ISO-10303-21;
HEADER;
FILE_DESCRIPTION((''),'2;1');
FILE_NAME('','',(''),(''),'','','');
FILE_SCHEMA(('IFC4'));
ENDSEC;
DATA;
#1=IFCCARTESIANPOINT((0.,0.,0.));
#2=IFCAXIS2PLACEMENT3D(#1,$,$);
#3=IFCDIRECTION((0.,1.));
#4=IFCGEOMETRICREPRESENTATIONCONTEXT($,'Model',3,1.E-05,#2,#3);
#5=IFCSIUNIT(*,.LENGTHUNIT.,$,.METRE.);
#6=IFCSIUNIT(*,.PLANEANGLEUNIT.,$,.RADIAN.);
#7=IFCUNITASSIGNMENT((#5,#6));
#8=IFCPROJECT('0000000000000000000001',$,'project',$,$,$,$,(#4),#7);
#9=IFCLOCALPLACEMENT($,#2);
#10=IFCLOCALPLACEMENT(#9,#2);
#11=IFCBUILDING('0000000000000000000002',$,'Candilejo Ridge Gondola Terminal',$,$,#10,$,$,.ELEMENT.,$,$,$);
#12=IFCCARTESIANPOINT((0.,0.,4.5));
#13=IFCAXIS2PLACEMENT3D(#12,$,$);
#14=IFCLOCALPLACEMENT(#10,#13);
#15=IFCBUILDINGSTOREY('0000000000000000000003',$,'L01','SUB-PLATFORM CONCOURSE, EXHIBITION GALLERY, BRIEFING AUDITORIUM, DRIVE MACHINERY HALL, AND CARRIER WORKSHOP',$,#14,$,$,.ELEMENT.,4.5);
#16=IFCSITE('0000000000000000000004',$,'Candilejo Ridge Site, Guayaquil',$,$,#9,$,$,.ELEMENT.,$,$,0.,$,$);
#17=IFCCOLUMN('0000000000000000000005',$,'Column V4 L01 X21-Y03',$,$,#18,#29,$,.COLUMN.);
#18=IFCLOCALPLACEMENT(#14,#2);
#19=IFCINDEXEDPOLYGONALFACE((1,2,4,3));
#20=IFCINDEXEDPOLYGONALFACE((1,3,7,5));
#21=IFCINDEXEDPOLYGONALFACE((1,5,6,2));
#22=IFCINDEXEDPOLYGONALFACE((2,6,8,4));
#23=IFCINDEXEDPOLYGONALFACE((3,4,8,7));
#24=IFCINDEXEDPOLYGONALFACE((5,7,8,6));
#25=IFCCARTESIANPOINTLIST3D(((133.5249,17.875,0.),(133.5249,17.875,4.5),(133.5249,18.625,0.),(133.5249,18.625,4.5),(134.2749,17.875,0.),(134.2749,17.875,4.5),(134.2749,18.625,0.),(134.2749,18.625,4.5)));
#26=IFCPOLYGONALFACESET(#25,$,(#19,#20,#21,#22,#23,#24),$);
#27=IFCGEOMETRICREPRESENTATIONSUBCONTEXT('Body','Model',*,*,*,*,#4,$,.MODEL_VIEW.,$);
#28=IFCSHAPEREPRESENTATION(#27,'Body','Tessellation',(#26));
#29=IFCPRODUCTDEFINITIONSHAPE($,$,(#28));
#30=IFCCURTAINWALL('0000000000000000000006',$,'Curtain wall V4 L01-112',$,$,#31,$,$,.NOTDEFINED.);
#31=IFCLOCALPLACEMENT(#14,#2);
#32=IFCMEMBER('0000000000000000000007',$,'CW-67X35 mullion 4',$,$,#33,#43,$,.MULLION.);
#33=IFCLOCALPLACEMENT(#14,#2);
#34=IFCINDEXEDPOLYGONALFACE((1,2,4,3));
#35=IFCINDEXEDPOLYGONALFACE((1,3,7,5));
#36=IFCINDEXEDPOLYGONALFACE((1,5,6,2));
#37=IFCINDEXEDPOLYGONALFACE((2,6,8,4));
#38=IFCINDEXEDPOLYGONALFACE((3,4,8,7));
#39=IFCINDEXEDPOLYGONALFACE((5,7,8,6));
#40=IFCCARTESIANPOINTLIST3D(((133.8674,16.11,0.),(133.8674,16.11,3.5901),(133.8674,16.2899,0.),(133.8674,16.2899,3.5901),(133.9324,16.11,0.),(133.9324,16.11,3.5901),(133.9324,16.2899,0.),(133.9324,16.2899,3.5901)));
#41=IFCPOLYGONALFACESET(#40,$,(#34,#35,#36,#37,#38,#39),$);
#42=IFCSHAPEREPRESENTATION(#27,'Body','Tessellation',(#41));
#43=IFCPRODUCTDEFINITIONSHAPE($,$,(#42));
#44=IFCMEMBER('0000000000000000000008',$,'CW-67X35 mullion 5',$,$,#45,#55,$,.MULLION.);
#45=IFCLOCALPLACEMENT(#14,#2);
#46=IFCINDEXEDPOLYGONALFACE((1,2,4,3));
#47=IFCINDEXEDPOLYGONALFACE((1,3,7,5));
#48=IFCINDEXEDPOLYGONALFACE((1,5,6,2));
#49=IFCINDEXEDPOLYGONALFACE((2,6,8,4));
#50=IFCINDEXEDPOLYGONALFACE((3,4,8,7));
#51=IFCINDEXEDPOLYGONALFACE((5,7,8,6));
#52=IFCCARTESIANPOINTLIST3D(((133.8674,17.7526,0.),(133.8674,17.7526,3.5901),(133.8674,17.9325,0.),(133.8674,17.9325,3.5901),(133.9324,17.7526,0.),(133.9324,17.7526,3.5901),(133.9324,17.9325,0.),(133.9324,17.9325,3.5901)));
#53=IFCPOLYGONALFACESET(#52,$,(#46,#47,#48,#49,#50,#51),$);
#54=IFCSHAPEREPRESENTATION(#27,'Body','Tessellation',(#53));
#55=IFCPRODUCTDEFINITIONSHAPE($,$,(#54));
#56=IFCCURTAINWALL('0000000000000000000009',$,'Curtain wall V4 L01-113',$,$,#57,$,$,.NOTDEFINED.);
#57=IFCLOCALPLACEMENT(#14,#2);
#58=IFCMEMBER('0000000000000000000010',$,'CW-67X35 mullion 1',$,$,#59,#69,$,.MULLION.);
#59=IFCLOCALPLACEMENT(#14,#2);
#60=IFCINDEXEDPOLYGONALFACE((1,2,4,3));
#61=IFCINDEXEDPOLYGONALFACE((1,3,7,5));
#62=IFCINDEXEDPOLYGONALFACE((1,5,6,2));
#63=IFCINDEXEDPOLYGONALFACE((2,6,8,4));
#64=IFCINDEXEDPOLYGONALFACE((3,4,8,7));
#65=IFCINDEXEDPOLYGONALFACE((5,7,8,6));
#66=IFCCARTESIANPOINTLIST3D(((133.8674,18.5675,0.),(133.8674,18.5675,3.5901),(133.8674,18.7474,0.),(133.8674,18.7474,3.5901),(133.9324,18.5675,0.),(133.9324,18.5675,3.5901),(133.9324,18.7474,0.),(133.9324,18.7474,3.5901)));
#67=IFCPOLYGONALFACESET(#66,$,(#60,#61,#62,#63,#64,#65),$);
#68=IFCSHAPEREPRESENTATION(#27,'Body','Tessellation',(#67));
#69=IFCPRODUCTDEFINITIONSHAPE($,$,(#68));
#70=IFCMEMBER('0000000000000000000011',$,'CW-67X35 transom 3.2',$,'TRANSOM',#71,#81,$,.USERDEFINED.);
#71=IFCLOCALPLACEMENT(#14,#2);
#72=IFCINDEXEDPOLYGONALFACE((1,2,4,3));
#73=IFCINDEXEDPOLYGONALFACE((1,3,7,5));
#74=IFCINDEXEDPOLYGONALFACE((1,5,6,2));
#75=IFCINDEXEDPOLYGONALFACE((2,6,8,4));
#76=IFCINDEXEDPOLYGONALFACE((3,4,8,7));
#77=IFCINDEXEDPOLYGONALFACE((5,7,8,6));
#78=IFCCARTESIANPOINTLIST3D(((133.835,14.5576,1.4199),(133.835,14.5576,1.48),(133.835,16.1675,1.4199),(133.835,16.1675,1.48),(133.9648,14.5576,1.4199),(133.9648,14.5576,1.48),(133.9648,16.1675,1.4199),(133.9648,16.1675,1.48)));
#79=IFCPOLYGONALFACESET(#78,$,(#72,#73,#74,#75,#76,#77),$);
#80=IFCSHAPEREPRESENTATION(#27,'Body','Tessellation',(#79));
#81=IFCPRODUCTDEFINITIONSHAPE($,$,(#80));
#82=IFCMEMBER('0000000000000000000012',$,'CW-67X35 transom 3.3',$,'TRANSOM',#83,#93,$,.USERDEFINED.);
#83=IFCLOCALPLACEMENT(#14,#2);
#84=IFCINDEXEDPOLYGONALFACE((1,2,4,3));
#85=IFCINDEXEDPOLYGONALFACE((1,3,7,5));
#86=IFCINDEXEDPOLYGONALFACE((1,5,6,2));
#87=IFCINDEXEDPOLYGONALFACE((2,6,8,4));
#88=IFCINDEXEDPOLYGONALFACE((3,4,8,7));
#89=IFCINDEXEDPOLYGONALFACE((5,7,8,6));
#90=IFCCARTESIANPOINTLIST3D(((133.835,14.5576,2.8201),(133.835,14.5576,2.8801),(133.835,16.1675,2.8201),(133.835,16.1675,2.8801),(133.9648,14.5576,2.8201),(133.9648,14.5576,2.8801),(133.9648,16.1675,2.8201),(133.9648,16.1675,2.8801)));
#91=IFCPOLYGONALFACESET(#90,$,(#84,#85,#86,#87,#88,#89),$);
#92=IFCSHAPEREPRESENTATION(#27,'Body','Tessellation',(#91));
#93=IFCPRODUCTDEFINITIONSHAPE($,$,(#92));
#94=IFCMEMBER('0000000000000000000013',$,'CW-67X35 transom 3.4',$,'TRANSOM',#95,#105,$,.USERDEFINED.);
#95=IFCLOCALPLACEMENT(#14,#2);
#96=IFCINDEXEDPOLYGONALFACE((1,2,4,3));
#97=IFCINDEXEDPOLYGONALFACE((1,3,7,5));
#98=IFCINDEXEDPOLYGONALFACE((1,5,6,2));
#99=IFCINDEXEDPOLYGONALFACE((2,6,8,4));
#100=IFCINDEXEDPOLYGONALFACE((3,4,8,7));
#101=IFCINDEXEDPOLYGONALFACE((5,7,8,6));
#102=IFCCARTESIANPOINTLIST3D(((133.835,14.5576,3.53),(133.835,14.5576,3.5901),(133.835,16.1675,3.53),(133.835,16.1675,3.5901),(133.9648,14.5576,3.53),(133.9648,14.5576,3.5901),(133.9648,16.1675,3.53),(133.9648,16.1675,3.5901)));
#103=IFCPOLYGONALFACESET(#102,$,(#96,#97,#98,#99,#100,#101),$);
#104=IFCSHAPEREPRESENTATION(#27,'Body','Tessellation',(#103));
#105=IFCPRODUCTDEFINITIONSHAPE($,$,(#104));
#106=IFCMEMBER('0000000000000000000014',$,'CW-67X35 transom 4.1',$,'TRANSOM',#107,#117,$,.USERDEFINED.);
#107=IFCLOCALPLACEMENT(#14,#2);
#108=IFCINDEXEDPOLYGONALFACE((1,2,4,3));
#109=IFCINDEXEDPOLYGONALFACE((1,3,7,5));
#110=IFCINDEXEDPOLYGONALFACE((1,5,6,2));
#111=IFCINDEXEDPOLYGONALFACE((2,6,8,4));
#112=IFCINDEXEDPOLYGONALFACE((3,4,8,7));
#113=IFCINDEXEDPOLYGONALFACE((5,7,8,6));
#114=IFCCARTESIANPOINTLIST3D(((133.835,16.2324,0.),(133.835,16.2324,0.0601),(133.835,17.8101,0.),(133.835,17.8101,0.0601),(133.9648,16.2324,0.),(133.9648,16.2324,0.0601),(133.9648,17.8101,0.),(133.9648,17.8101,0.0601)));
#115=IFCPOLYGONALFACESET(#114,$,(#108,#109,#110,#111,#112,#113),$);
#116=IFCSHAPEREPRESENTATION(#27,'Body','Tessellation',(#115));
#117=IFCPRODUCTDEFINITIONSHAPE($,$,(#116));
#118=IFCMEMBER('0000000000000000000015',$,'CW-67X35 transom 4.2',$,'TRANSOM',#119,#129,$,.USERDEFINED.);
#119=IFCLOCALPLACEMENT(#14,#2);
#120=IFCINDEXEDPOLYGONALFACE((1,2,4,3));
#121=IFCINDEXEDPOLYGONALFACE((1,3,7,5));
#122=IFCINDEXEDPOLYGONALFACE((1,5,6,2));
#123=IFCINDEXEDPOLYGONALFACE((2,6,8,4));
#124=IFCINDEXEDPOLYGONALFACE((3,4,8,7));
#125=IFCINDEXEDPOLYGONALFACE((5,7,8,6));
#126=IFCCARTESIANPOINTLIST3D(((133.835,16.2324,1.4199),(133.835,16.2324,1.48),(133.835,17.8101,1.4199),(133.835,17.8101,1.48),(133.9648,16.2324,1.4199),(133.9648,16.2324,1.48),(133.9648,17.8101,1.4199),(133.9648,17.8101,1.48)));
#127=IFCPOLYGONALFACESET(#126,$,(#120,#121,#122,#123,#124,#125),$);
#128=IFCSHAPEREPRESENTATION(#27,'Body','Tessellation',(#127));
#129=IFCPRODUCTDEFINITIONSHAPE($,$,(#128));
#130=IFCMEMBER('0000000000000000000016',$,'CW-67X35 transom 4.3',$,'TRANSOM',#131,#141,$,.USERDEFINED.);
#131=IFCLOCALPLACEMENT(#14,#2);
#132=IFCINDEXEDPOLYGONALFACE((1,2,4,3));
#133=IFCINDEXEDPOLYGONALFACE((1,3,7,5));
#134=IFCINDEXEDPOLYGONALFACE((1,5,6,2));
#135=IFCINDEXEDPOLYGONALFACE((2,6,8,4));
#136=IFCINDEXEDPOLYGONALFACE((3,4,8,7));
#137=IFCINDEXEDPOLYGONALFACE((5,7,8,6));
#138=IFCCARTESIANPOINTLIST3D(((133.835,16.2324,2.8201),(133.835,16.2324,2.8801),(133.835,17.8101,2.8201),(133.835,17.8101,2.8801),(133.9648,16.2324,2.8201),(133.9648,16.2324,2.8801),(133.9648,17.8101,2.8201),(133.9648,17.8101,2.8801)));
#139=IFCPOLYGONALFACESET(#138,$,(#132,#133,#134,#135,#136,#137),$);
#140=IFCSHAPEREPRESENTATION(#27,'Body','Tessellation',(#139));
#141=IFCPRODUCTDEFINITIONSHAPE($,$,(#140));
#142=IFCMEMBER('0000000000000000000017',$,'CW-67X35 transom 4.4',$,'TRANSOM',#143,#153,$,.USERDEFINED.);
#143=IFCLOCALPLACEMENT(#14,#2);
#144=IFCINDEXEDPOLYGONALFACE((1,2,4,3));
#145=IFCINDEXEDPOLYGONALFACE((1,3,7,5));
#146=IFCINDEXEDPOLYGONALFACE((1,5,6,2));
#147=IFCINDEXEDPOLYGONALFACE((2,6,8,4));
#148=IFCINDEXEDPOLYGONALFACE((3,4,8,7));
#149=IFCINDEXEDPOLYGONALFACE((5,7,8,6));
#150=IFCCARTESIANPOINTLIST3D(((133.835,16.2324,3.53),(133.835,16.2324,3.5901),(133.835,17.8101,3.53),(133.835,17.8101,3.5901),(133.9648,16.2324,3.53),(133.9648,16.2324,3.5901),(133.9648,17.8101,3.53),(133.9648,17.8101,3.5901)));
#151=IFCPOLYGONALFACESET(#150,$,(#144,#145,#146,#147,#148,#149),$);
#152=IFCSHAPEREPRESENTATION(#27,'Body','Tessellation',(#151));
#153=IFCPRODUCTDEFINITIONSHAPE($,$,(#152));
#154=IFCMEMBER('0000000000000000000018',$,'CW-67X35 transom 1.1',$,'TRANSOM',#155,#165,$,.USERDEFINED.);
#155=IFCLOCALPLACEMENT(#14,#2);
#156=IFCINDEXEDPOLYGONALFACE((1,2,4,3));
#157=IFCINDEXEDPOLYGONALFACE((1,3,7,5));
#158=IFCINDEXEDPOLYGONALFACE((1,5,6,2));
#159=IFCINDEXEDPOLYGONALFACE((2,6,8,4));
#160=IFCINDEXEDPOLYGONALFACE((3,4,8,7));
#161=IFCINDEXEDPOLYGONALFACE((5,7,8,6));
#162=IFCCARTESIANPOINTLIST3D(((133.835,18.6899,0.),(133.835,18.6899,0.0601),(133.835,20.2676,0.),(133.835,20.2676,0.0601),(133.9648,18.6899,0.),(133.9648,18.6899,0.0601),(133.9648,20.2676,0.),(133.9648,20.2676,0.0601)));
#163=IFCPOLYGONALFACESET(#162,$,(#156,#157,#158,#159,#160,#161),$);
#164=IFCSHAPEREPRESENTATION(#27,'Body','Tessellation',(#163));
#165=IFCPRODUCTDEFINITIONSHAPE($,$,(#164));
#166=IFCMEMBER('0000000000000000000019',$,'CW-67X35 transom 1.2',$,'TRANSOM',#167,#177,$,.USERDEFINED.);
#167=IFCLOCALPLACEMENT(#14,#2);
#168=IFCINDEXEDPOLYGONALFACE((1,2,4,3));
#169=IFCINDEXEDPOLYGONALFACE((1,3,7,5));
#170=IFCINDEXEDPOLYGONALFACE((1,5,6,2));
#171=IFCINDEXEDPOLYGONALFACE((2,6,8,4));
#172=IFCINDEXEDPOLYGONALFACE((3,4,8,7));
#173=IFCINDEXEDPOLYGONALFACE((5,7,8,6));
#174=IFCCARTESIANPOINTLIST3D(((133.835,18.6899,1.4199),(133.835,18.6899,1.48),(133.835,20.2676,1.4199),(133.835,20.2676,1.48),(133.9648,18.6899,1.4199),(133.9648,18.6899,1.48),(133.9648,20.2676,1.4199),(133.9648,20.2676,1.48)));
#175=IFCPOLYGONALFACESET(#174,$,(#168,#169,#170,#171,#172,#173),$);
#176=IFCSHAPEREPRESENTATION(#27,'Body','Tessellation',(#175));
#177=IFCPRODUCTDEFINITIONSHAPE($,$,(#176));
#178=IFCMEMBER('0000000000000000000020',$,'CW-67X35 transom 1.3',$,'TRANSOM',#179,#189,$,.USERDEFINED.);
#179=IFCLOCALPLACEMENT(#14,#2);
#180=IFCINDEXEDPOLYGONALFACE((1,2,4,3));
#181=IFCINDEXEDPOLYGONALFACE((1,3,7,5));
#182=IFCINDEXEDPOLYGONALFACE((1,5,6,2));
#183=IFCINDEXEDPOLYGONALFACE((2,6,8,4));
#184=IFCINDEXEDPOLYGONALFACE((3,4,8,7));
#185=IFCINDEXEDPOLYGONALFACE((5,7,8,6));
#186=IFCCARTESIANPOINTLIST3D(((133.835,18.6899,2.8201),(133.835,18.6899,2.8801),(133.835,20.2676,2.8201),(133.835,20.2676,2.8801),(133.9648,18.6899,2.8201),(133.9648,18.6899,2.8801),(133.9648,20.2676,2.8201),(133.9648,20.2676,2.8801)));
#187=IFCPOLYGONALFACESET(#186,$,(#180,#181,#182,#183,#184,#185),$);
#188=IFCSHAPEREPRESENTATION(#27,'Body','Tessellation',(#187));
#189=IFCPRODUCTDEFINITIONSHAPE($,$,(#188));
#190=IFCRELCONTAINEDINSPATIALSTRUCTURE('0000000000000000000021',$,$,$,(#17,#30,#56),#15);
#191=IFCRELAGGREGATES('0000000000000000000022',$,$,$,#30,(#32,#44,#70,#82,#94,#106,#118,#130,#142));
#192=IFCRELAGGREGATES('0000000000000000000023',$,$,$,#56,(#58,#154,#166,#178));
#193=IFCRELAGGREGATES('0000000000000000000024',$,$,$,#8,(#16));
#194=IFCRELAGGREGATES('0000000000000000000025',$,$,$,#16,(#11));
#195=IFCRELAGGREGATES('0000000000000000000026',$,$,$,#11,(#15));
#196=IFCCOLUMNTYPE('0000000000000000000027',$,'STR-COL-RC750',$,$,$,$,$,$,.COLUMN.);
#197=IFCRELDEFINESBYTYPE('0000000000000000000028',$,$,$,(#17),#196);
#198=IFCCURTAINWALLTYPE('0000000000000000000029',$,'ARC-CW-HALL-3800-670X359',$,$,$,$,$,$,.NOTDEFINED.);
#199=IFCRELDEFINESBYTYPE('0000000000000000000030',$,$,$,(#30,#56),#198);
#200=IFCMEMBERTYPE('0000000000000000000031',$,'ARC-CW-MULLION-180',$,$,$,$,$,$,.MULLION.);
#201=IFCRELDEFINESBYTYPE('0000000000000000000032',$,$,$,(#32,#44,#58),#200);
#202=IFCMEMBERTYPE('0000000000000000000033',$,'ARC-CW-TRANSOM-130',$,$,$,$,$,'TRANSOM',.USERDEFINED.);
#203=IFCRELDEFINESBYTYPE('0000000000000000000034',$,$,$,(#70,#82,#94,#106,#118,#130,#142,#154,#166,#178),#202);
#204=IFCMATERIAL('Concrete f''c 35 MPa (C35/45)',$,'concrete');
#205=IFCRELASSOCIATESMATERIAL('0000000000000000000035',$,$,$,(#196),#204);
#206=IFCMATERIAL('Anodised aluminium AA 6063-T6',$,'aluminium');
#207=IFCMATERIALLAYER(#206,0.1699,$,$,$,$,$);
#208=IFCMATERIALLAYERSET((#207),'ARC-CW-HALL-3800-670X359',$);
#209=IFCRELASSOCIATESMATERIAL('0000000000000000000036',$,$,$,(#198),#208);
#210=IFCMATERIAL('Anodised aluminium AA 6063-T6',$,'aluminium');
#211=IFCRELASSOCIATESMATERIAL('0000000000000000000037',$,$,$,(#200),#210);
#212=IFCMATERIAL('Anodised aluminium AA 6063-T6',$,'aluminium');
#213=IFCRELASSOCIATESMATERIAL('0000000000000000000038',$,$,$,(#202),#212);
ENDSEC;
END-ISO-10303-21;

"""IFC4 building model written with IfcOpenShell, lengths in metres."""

from ifc_helpers import new_model, si_unit, direction, frame, origin, origin_2d, place, context, subcontext, project, spatial, rectangle, extrude, material, layer, layer_set, material_profile, profile_set, type_object, element, aggregate, save


model = new_model("IFC4")

# Units and contexts
model_context = context("Model", 3, precision=1e-05, world=origin(), true_north=direction((0.0, 1.0)))
body_context = subcontext(model_context, "Body", "Model", "MODEL_VIEW")
ifc_project = project(units=[si_unit("LENGTHUNIT", "METRE"), si_unit("PLANEANGLEUNIT", "RADIAN")], contexts=[model_context])

# Site, building, storey
site_placement = place(None, origin())
site = spatial("IfcSite", under=ifc_project, at=site_placement, Name="Candilejo Ridge Site, Guayaquil", CompositionType="ELEMENT", RefElevation=0.0)
building_placement = place(site_placement, origin())
building = spatial("IfcBuilding", under=site, at=building_placement, Name="Candilejo Ridge Gondola Terminal", CompositionType="ELEMENT")
storey_placement = place(building_placement, frame((0.0, 0.0, 4.5)))
storey = spatial("IfcBuildingStorey", under=building, at=storey_placement, Name="L01", Description="SUB-PLATFORM CONCOURSE, EXHIBITION GALLERY, BRIEFING AUDITORIUM, DRIVE MACHINERY HALL, AND CARRIER WORKSHOP", CompositionType="ELEMENT", Elevation=4.5)

# Column
ifc_material_1 = material(Name="Concrete f'c 35 MPa (C35/45)", Category="concrete")
ifc_material_profile_1 = material_profile(ifc_material_1, rectangle(XDim=0.75, YDim=0.75, at=origin_2d()))
ifc_profile_set_1 = profile_set([ifc_material_profile_1], Name="Concrete f'c 35 MPa (C35/45)")
column_type = type_object("IfcColumnType", Name="STR-COL-RC750", PredefinedType="COLUMN", material=ifc_profile_set_1)
column_placement = place(storey_placement, frame((133.8999, 18.25, 0.0), z_axis=(0.0, 0.0, 1.0), x_axis=(1.0, 0.0, 0.0)))
element("IfcColumn", 1, at=column_placement, inside=storey, type_object=column_type, Name="Column V4 L01 X21-Y03", PredefinedType="COLUMN", context=body_context, shape_type="SweptSolid", body=[
    extrude(rectangle(XDim=0.75, YDim=0.75, at=origin_2d()), origin(), (0.0, 0.0, 1.0), 4.5),
])

# Curtain wall, members
ifc_material_2 = material(Name="Anodised aluminium AA 6063-T6", Category="aluminium")
ifc_layer_1 = layer(ifc_material_2, 0.1699)
ifc_layer_set_1 = layer_set([ifc_layer_1], Name="ARC-CW-HALL-3800-670X359")
curtain_wall_type = type_object("IfcCurtainWallType", Name="ARC-CW-HALL-3800-670X359", PredefinedType="NOTDEFINED", material=ifc_layer_set_1)
curtain_wall_1_placement = place(storey_placement, origin())
curtain_wall_1 = element("IfcCurtainWall", 2, at=curtain_wall_1_placement, inside=storey, type_object=curtain_wall_type, Name="Curtain wall V4 L01-112", PredefinedType="NOTDEFINED")
ifc_material_3 = material(Name="Anodised aluminium AA 6063-T6", Category="aluminium")
ifc_material_profile_2 = material_profile(ifc_material_3, rectangle(XDim=0.0649, YDim=0.1799, at=origin_2d()))
ifc_profile_set_2 = profile_set([ifc_material_profile_2], Name="Anodised aluminium AA 6063-T6")
member_type_1 = type_object("IfcMemberType", Name="ARC-CW-MULLION-180", PredefinedType="MULLION", material=ifc_profile_set_2)
member_1_placement = place(storey_placement, frame((133.8999, 16.2, 0.0), z_axis=(0.0, 0.0, 1.0), x_axis=(-1.0, 0.0, 0.0)))
member_1 = element("IfcMember", 3, at=member_1_placement, type_object=member_type_1, Name="CW-67X35 mullion 4", PredefinedType="MULLION", context=body_context, shape_type="SweptSolid", body=[
    extrude(rectangle(XDim=0.0649, YDim=0.1799, at=origin_2d()), origin(), (0.0, 0.0, 1.0), 3.5901),
])
member_2_placement = place(storey_placement, frame((133.8999, 17.8425, 0.0), z_axis=(0.0, 0.0, 1.0), x_axis=(-1.0, 0.0, 0.0)))
member_2 = element("IfcMember", 4, at=member_2_placement, type_object=member_type_1, Name="CW-67X35 mullion 5", PredefinedType="MULLION", context=body_context, shape_type="SweptSolid", body=[
    extrude(rectangle(XDim=0.0649, YDim=0.1799, at=origin_2d()), origin(), (0.0, 0.0, 1.0), 3.5901),
])

# Curtain wall, member
curtain_wall_2_placement = place(storey_placement, origin())
curtain_wall_2 = element("IfcCurtainWall", 5, at=curtain_wall_2_placement, inside=storey, type_object=curtain_wall_type, Name="Curtain wall V4 L01-113", PredefinedType="NOTDEFINED")
member_3_placement = place(storey_placement, frame((133.8999, 18.6575, 0.0), z_axis=(0.0, 0.0, 1.0), x_axis=(-1.0, 0.0, 0.0)))
member_3 = element("IfcMember", 6, at=member_3_placement, type_object=member_type_1, Name="CW-67X35 mullion 1", PredefinedType="MULLION", context=body_context, shape_type="SweptSolid", body=[
    extrude(rectangle(XDim=0.0649, YDim=0.1799, at=origin_2d()), origin(), (0.0, 0.0, 1.0), 3.5901),
])

# Members
ifc_material_4 = material(Name="Anodised aluminium AA 6063-T6", Category="aluminium")
ifc_material_profile_3 = material_profile(ifc_material_4, rectangle(XDim=0.1299, YDim=0.0601, at=origin_2d()))
ifc_profile_set_3 = profile_set([ifc_material_profile_3], Name="Anodised aluminium AA 6063-T6")
member_type_2 = type_object("IfcMemberType", Name="ARC-CW-TRANSOM-130", ElementType="TRANSOM", PredefinedType="USERDEFINED", material=ifc_profile_set_3)
member_4_placement = place(storey_placement, frame((133.8999, 14.5576, 1.45), z_axis=(0.0, 1.0, 0.0), x_axis=(-1.0, 0.0, 0.0)))
member_4 = element("IfcMember", 7, at=member_4_placement, type_object=member_type_2, Name="CW-67X35 transom 3.2", ObjectType="TRANSOM", PredefinedType="USERDEFINED", context=body_context, shape_type="SweptSolid", body=[
    extrude(rectangle(XDim=0.1299, YDim=0.0601, at=origin_2d()), origin(), (0.0, 0.0, 1.0), 1.6099),
])
member_5_placement = place(storey_placement, frame((133.8999, 14.5576, 2.8501), z_axis=(0.0, 1.0, 0.0), x_axis=(-1.0, 0.0, 0.0)))
member_5 = element("IfcMember", 8, at=member_5_placement, type_object=member_type_2, Name="CW-67X35 transom 3.3", ObjectType="TRANSOM", PredefinedType="USERDEFINED", context=body_context, shape_type="SweptSolid", body=[
    extrude(rectangle(XDim=0.1299, YDim=0.0601, at=origin_2d()), origin(), (0.0, 0.0, 1.0), 1.6099),
])
member_6_placement = place(storey_placement, frame((133.8999, 14.5576, 3.5601), z_axis=(0.0, 1.0, 0.0), x_axis=(-1.0, 0.0, 0.0)))
member_6 = element("IfcMember", 9, at=member_6_placement, type_object=member_type_2, Name="CW-67X35 transom 3.4", ObjectType="TRANSOM", PredefinedType="USERDEFINED", context=body_context, shape_type="SweptSolid", body=[
    extrude(rectangle(XDim=0.1299, YDim=0.0601, at=origin_2d()), origin(), (0.0, 0.0, 1.0), 1.6099),
])
member_7_placement = place(storey_placement, frame((133.8999, 16.2324, 0.03), z_axis=(0.0, 1.0, 0.0), x_axis=(-1.0, 0.0, 0.0)))
member_7 = element("IfcMember", 10, at=member_7_placement, type_object=member_type_2, Name="CW-67X35 transom 4.1", ObjectType="TRANSOM", PredefinedType="USERDEFINED", context=body_context, shape_type="SweptSolid", body=[
    extrude(rectangle(XDim=0.1299, YDim=0.0601, at=origin_2d()), origin(), (0.0, 0.0, 1.0), 1.5776),
])
member_8_placement = place(storey_placement, frame((133.8999, 16.2324, 1.45), z_axis=(0.0, 1.0, 0.0), x_axis=(-1.0, 0.0, 0.0)))
member_8 = element("IfcMember", 11, at=member_8_placement, type_object=member_type_2, Name="CW-67X35 transom 4.2", ObjectType="TRANSOM", PredefinedType="USERDEFINED", context=body_context, shape_type="SweptSolid", body=[
    extrude(rectangle(XDim=0.1299, YDim=0.0601, at=origin_2d()), origin(), (0.0, 0.0, 1.0), 1.5776),
])
member_9_placement = place(storey_placement, frame((133.8999, 16.2324, 2.8501), z_axis=(0.0, 1.0, 0.0), x_axis=(-1.0, 0.0, 0.0)))
member_9 = element("IfcMember", 12, at=member_9_placement, type_object=member_type_2, Name="CW-67X35 transom 4.3", ObjectType="TRANSOM", PredefinedType="USERDEFINED", context=body_context, shape_type="SweptSolid", body=[
    extrude(rectangle(XDim=0.1299, YDim=0.0601, at=origin_2d()), origin(), (0.0, 0.0, 1.0), 1.5776),
])
member_10_placement = place(storey_placement, frame((133.8999, 16.2324, 3.5601), z_axis=(0.0, 1.0, 0.0), x_axis=(-1.0, 0.0, 0.0)))
member_10 = element("IfcMember", 13, at=member_10_placement, type_object=member_type_2, Name="CW-67X35 transom 4.4", ObjectType="TRANSOM", PredefinedType="USERDEFINED", context=body_context, shape_type="SweptSolid", body=[
    extrude(rectangle(XDim=0.1299, YDim=0.0601, at=origin_2d()), origin(), (0.0, 0.0, 1.0), 1.5776),
])
member_11_placement = place(storey_placement, frame((133.8999, 18.6899, 0.03), z_axis=(0.0, 1.0, 0.0), x_axis=(-1.0, 0.0, 0.0)))
member_11 = element("IfcMember", 14, at=member_11_placement, type_object=member_type_2, Name="CW-67X35 transom 1.1", ObjectType="TRANSOM", PredefinedType="USERDEFINED", context=body_context, shape_type="SweptSolid", body=[
    extrude(rectangle(XDim=0.1299, YDim=0.0601, at=origin_2d()), origin(), (0.0, 0.0, 1.0), 1.5776),
])
member_12_placement = place(storey_placement, frame((133.8999, 18.6899, 1.45), z_axis=(0.0, 1.0, 0.0), x_axis=(-1.0, 0.0, 0.0)))
member_12 = element("IfcMember", 15, at=member_12_placement, type_object=member_type_2, Name="CW-67X35 transom 1.2", ObjectType="TRANSOM", PredefinedType="USERDEFINED", context=body_context, shape_type="SweptSolid", body=[
    extrude(rectangle(XDim=0.1299, YDim=0.0601, at=origin_2d()), origin(), (0.0, 0.0, 1.0), 1.5776),
])
member_13_placement = place(storey_placement, frame((133.8999, 18.6899, 2.8501), z_axis=(0.0, 1.0, 0.0), x_axis=(-1.0, 0.0, 0.0)))
member_13 = element("IfcMember", 16, at=member_13_placement, type_object=member_type_2, Name="CW-67X35 transom 1.3", ObjectType="TRANSOM", PredefinedType="USERDEFINED", context=body_context, shape_type="SweptSolid", body=[
    extrude(rectangle(XDim=0.1299, YDim=0.0601, at=origin_2d()), origin(), (0.0, 0.0, 1.0), 1.5776),
])

aggregate(curtain_wall_1, [member_1, member_2, member_4, member_5, member_6, member_7, member_8, member_9, member_10])
aggregate(curtain_wall_2, [member_3, member_11, member_12, member_13])

save(model, "model.ifc")
